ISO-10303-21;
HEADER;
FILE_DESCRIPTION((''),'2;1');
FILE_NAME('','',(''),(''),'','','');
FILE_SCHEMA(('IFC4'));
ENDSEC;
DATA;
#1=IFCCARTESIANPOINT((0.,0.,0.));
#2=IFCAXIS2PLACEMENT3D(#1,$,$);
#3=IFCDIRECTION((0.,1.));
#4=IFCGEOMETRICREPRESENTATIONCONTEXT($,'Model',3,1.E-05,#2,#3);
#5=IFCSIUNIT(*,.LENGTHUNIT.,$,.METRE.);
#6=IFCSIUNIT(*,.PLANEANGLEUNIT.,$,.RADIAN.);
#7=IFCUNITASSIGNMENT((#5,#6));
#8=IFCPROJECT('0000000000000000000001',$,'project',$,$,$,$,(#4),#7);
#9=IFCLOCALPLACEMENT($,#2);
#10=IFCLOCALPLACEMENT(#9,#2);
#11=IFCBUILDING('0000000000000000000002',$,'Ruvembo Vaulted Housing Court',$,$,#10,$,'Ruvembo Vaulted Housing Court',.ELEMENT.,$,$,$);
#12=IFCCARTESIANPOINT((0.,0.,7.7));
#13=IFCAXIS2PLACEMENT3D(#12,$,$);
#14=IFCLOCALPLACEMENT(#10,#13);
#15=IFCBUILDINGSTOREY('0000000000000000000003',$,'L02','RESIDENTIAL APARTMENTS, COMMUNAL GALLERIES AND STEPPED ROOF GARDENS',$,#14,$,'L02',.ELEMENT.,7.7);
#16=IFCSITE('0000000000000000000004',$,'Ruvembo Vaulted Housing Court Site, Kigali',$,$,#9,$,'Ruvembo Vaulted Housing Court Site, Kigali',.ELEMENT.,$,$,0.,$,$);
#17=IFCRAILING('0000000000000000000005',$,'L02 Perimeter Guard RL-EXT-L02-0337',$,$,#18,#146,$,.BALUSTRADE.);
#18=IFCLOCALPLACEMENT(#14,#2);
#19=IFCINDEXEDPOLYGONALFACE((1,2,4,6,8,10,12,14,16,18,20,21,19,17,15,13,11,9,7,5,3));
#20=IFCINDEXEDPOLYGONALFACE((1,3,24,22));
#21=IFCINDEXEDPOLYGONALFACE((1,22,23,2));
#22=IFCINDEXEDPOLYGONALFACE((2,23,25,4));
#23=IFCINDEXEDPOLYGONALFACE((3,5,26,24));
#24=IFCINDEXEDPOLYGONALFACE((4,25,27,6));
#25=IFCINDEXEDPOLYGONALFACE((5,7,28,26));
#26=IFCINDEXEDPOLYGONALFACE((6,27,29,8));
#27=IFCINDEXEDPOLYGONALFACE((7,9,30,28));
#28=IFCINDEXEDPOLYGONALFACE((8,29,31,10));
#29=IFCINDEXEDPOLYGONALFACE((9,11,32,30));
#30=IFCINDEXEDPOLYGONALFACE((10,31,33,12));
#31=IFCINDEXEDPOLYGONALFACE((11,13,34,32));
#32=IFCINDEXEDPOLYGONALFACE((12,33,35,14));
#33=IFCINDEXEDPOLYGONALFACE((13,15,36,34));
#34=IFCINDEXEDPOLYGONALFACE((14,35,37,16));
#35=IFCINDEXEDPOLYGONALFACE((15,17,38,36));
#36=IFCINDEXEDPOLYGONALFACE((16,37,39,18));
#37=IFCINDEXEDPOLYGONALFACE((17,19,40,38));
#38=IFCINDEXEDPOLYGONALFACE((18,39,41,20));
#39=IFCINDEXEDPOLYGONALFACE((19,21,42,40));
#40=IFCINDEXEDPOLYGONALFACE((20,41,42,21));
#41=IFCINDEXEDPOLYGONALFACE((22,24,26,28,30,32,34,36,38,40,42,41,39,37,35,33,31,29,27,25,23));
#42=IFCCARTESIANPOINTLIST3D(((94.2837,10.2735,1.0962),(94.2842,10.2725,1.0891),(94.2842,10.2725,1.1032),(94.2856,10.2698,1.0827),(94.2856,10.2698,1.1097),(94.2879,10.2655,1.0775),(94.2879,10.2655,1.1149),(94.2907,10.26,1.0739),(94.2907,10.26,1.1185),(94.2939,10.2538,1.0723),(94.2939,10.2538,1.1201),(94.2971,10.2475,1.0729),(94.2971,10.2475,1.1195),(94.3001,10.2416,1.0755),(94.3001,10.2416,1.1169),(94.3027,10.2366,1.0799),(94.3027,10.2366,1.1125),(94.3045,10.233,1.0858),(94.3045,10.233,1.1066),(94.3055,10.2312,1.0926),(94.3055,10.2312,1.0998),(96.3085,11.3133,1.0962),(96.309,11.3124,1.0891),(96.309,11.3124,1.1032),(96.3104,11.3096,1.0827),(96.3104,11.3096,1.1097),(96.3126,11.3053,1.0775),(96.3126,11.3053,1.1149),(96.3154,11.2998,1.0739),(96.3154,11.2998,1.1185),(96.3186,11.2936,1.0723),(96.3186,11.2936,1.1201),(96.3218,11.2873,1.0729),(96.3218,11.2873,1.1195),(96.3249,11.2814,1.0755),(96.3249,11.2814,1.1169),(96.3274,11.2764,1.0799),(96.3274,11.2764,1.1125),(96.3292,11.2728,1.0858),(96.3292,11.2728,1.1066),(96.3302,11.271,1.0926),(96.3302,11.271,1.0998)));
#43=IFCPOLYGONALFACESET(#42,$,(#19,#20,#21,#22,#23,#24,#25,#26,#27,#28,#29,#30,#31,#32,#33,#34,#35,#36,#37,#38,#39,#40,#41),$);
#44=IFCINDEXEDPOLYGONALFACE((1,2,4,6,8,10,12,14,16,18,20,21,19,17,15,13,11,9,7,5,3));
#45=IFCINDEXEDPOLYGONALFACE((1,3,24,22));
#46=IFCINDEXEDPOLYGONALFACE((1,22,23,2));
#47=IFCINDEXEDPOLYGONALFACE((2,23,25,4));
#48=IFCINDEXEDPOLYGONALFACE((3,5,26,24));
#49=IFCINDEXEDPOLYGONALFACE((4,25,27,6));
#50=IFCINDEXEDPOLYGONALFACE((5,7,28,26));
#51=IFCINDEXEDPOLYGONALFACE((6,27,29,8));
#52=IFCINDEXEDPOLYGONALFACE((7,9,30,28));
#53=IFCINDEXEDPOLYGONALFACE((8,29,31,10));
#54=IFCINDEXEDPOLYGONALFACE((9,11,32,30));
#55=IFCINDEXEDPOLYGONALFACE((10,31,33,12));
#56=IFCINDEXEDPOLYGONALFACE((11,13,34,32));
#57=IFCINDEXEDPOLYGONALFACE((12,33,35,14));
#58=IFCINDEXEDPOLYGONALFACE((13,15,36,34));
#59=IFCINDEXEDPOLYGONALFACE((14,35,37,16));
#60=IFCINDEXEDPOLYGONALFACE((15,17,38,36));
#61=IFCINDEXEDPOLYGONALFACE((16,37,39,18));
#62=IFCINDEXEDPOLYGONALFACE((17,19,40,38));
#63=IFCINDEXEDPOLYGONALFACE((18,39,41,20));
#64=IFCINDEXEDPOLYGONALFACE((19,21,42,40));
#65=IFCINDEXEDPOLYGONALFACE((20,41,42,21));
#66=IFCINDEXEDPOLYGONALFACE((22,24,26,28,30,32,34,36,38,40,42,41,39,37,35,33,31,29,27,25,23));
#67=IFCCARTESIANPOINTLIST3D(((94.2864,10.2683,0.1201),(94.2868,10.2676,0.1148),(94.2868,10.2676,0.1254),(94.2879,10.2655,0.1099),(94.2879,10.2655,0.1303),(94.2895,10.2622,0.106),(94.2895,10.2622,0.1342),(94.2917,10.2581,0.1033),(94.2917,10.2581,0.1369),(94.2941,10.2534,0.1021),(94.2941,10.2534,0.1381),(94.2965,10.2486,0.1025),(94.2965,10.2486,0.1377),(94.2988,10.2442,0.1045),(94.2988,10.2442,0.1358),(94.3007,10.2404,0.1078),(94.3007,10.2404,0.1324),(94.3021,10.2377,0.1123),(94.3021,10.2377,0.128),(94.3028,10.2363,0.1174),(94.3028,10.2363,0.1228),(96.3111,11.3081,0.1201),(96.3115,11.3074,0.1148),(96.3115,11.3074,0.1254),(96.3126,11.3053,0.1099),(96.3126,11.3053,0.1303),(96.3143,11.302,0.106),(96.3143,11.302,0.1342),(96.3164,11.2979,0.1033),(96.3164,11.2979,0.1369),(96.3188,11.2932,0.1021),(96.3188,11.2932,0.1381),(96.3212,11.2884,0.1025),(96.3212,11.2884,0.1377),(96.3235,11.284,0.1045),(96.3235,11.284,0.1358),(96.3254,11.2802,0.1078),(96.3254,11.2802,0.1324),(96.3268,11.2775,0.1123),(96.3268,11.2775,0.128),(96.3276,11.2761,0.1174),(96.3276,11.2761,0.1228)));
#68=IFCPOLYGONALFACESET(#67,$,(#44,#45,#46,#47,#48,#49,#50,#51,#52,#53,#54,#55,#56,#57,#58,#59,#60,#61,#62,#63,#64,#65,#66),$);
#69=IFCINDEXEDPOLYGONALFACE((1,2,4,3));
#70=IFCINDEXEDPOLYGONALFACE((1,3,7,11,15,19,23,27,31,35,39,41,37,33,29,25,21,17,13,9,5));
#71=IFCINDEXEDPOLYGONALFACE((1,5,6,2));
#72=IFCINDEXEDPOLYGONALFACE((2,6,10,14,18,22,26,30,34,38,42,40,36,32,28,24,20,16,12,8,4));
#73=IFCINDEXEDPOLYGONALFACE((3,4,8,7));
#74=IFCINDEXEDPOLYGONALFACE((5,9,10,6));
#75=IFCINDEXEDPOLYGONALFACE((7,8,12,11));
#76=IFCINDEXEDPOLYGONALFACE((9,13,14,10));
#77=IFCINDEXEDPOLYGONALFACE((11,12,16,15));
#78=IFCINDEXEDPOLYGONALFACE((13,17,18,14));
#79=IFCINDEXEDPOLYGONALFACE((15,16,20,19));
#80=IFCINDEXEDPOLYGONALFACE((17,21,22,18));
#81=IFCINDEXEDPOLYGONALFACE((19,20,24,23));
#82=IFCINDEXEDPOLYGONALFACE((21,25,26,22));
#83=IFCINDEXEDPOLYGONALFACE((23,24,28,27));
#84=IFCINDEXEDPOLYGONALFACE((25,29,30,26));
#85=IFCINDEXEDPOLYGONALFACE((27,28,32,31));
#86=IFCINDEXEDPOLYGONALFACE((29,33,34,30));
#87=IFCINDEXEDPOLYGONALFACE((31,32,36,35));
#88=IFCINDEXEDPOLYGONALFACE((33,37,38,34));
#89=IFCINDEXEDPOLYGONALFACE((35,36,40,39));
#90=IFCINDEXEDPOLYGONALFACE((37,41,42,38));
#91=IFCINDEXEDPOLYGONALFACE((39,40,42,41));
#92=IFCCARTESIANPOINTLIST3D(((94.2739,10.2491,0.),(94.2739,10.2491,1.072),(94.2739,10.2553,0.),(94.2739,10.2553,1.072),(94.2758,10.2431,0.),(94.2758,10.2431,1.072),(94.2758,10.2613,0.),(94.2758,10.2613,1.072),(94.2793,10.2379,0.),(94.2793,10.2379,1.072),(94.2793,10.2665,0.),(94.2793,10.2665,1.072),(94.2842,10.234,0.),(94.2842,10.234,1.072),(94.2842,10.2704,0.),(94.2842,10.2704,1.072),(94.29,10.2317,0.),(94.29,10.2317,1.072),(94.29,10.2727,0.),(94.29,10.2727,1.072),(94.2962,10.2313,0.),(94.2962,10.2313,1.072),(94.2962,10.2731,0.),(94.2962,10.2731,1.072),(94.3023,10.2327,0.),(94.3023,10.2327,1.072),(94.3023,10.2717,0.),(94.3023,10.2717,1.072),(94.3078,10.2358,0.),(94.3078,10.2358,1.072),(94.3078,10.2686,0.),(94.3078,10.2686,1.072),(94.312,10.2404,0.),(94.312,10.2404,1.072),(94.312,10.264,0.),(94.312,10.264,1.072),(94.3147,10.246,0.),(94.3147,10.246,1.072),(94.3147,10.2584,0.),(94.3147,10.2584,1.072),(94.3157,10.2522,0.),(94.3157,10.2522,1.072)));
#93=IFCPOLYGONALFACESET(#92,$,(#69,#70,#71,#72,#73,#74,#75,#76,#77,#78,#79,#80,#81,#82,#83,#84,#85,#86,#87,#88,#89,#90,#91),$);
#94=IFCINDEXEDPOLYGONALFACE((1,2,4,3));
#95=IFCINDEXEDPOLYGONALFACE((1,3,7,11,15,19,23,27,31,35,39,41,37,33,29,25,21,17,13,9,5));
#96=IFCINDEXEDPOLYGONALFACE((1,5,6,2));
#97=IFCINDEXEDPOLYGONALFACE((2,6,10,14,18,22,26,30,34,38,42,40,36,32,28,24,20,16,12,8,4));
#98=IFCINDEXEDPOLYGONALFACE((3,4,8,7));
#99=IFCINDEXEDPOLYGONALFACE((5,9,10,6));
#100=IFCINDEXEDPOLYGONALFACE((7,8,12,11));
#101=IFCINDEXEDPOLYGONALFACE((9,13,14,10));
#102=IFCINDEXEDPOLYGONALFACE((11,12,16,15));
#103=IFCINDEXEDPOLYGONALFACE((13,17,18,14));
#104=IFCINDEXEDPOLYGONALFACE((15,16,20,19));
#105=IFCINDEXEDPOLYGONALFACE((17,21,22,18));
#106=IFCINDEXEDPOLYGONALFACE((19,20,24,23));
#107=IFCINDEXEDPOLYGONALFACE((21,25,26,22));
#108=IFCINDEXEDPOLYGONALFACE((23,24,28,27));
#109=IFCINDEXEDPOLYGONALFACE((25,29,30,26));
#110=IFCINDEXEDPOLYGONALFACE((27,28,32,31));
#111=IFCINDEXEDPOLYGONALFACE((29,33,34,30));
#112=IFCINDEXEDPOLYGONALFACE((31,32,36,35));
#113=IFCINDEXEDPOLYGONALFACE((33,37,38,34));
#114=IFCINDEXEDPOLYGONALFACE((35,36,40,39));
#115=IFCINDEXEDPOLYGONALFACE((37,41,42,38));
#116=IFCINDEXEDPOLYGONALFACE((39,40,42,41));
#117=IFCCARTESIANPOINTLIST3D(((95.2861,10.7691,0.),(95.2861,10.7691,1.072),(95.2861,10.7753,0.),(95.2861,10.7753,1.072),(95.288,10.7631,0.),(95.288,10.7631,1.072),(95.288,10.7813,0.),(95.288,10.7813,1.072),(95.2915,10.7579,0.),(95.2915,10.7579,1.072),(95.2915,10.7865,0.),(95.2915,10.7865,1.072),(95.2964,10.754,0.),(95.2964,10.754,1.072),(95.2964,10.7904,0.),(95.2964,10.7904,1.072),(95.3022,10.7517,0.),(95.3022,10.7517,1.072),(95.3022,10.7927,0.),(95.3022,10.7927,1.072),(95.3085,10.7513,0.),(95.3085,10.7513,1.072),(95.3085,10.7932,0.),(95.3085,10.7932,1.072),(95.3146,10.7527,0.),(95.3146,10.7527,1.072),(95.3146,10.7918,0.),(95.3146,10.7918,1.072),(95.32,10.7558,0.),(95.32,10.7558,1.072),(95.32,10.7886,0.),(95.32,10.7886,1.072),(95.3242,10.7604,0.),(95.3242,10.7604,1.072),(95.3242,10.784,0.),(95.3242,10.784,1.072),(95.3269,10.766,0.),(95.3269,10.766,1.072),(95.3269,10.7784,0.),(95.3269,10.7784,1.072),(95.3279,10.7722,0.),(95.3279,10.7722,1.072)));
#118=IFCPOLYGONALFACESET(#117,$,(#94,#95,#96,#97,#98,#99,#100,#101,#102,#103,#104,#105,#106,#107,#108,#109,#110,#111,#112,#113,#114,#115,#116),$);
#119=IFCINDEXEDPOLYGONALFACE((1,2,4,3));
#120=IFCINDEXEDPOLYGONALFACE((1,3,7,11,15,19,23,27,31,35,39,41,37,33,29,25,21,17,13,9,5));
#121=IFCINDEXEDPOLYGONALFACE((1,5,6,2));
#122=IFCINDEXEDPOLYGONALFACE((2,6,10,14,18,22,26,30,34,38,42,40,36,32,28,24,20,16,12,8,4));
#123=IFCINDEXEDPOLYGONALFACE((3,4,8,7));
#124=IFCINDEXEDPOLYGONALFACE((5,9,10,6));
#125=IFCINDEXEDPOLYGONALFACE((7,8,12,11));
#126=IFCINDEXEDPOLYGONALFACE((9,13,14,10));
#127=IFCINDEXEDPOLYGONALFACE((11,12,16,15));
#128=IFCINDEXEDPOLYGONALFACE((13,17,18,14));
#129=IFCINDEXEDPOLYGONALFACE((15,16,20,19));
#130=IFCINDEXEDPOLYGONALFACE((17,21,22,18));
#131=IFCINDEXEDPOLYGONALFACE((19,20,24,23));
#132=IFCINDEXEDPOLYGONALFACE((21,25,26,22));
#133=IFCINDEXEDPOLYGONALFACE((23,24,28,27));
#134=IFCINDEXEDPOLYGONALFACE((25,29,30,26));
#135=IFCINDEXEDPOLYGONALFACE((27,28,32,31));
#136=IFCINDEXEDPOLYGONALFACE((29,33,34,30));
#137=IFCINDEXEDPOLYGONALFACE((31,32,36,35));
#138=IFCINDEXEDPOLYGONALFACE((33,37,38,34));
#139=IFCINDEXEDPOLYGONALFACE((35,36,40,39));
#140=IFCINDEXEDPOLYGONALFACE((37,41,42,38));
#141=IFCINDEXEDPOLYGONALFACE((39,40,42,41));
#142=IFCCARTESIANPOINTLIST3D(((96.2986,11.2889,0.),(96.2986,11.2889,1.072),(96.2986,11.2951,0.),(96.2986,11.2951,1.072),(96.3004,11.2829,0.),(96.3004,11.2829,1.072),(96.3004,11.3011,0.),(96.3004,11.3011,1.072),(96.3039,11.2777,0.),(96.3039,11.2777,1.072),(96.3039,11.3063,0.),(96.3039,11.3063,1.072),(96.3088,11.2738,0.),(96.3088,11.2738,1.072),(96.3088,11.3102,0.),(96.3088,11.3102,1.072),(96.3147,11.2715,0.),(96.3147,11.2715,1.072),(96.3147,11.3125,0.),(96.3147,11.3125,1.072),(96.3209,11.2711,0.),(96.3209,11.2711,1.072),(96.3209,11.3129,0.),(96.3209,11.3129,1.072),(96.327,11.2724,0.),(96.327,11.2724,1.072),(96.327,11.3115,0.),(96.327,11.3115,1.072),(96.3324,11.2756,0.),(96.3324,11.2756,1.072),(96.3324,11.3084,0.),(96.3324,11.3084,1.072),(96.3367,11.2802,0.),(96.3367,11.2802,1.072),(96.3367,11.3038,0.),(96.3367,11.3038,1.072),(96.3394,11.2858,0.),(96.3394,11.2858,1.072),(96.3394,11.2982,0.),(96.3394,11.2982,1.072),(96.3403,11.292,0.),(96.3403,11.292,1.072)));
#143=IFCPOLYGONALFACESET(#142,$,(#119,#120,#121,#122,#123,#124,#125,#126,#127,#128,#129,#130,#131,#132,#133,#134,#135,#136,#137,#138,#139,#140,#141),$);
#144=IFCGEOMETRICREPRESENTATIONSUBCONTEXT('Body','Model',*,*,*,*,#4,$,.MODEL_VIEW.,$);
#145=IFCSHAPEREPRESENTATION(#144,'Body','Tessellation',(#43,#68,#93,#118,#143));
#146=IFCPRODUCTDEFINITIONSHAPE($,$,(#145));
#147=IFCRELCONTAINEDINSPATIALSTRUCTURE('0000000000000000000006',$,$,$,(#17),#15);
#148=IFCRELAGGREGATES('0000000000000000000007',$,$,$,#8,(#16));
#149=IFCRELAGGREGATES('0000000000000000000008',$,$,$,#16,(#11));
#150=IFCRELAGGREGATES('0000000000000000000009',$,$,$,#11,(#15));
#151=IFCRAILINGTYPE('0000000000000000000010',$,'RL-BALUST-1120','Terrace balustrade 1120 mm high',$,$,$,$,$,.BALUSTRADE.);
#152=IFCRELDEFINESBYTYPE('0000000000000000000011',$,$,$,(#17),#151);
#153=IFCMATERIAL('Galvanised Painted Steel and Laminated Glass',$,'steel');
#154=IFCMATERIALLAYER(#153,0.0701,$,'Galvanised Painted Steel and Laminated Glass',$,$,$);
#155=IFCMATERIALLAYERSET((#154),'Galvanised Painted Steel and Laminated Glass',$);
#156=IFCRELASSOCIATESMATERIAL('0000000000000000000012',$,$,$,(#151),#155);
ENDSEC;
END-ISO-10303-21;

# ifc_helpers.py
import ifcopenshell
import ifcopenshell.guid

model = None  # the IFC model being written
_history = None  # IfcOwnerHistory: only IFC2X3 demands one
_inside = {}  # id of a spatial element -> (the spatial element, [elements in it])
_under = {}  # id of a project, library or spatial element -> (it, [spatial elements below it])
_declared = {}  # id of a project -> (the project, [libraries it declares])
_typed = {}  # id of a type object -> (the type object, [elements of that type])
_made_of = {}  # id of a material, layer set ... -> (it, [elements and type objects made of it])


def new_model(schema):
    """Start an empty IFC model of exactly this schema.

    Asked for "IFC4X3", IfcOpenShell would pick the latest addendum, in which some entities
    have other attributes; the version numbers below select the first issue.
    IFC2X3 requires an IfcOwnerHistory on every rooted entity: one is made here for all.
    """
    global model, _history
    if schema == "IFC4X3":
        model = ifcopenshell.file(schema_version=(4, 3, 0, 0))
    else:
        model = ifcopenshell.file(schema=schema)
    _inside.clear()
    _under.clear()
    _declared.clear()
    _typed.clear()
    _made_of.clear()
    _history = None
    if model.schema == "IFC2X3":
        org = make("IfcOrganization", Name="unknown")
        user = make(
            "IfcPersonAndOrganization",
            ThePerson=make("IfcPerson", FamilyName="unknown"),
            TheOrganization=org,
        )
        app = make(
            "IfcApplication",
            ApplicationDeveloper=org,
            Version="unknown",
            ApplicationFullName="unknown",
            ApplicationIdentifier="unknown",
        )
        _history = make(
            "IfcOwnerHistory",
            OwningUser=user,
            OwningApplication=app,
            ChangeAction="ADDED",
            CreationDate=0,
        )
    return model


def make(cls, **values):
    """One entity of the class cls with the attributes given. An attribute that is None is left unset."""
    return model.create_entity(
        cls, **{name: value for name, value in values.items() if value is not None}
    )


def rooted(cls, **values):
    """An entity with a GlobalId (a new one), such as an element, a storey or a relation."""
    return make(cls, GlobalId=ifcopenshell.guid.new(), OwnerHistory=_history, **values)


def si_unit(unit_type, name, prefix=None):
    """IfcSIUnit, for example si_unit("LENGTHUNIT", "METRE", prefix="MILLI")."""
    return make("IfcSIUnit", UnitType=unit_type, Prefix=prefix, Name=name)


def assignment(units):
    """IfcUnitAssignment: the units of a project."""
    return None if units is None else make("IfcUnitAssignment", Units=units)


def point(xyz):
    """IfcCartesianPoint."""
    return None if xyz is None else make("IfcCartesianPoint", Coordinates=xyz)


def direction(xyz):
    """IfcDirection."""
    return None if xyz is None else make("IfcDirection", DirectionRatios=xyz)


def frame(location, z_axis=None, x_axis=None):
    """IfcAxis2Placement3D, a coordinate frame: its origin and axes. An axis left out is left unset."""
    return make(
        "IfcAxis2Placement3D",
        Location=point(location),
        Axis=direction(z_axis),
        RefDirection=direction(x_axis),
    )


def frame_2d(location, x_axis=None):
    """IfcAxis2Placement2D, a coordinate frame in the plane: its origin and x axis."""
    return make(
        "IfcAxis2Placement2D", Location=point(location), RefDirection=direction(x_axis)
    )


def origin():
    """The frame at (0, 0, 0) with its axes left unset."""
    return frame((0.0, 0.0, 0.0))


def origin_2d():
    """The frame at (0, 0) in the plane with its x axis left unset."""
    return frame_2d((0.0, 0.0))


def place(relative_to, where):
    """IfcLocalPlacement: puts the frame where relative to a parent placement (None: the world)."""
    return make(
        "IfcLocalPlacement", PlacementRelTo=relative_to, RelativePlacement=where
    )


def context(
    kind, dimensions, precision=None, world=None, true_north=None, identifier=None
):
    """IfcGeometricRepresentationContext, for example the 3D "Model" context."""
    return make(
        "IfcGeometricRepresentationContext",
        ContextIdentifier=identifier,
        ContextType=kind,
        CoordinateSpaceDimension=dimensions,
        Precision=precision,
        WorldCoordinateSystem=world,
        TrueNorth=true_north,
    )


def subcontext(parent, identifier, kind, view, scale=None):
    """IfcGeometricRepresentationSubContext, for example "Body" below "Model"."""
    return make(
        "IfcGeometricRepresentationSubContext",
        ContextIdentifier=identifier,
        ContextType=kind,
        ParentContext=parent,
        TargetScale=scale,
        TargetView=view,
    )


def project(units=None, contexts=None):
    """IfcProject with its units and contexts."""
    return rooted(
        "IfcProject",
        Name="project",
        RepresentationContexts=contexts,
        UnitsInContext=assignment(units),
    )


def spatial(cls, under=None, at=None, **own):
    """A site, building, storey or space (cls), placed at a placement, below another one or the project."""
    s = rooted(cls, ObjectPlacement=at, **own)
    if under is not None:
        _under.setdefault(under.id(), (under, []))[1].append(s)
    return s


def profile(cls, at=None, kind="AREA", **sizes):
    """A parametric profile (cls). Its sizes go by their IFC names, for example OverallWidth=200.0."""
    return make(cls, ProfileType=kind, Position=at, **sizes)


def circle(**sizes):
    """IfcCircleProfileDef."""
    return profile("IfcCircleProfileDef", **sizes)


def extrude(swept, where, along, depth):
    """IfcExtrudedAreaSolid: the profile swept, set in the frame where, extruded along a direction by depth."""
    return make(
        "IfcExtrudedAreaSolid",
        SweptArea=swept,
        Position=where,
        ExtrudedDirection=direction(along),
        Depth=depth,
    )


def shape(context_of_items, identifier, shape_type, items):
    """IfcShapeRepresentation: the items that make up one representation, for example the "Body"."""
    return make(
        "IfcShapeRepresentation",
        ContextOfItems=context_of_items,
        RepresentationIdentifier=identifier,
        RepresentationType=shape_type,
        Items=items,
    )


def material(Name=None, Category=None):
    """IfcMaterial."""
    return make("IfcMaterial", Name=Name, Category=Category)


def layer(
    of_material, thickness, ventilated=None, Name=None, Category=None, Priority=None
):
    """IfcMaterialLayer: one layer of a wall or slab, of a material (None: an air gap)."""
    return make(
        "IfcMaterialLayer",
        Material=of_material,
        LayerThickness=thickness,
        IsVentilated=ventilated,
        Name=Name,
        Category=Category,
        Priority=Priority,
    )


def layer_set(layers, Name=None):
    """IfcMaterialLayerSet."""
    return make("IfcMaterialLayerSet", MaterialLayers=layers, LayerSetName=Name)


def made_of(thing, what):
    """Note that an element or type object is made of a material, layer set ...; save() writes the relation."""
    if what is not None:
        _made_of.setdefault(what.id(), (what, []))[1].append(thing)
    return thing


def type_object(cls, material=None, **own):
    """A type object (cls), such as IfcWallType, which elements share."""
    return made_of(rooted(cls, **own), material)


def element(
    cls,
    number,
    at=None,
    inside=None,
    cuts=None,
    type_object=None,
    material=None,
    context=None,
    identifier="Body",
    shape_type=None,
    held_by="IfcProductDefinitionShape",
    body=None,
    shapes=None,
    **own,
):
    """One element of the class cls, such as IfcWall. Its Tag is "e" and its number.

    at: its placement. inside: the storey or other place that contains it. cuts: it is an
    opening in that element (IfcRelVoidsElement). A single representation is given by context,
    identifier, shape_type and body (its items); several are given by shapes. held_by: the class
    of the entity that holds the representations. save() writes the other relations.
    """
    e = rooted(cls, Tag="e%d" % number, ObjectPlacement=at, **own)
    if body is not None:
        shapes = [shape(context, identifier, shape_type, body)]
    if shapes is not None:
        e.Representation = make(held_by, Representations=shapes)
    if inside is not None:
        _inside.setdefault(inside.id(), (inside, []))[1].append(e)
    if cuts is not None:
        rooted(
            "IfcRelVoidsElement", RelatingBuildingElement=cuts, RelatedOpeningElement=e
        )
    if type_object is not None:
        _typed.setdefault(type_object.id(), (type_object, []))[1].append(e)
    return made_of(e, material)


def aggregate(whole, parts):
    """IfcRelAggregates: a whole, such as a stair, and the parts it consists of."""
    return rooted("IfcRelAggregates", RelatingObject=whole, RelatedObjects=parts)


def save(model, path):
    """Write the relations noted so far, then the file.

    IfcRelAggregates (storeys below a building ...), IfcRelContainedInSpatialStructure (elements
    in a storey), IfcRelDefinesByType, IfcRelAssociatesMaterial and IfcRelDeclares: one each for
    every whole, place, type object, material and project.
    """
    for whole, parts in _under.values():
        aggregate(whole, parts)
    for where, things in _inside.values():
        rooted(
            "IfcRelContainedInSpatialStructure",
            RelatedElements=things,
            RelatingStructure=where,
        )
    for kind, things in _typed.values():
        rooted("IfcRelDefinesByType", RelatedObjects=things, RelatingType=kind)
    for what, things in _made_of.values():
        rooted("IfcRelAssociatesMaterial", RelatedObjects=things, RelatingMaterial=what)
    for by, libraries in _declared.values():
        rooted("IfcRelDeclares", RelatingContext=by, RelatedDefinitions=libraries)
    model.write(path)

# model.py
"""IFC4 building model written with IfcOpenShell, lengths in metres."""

from ifc_helpers import new_model, si_unit, direction, frame, origin, origin_2d, place, context, subcontext, project, spatial, circle, extrude, material, layer, layer_set, type_object, element, save


model = new_model("IFC4")

# Units and contexts
model_context = context("Model", 3, precision=1e-05, world=origin(), true_north=direction((0.0, 1.0)))
body_context = subcontext(model_context, "Body", "Model", "MODEL_VIEW")
ifc_project = project(units=[si_unit("LENGTHUNIT", "METRE"), si_unit("PLANEANGLEUNIT", "RADIAN")], contexts=[model_context])

# Site, building, storey
site_placement = place(None, origin())
site = spatial("IfcSite", under=ifc_project, at=site_placement, Name="Ruvembo Vaulted Housing Court Site, Kigali", LongName="Ruvembo Vaulted Housing Court Site, Kigali", CompositionType="ELEMENT", RefElevation=0.0)
building_placement = place(site_placement, origin())
building = spatial("IfcBuilding", under=site, at=building_placement, Name="Ruvembo Vaulted Housing Court", LongName="Ruvembo Vaulted Housing Court", CompositionType="ELEMENT")
storey_placement = place(building_placement, frame((0.0, 0.0, 7.7)))
storey = spatial("IfcBuildingStorey", under=building, at=storey_placement, Name="L02", Description="RESIDENTIAL APARTMENTS, COMMUNAL GALLERIES AND STEPPED ROOF GARDENS", LongName="L02", CompositionType="ELEMENT", Elevation=7.7)

# Railing
ifc_material_1 = material(Name="Galvanised Painted Steel and Laminated Glass", Category="steel")
ifc_layer_1 = layer(ifc_material_1, 0.0701, Name="Galvanised Painted Steel and Laminated Glass")
ifc_layer_set_1 = layer_set([ifc_layer_1], Name="Galvanised Painted Steel and Laminated Glass")
railing_type = type_object("IfcRailingType", Name="RL-BALUST-1120", Description="Terrace balustrade 1120 mm high", PredefinedType="BALUSTRADE", material=ifc_layer_set_1)
railing_placement = place(storey_placement, frame((94.2947, 10.2522, 0.0)))
element("IfcRailing", 1, at=railing_placement, inside=storey, type_object=railing_type, Name="L02 Perimeter Guard RL-EXT-L02-0337", PredefinedType="BALUSTRADE", context=body_context, shape_type="SweptSolid", body=[
    extrude(circle(Radius=0.0239, at=origin_2d()), frame((0.0, 0.0, 1.0962), z_axis=(0.889548, 0.456841, 0.0), x_axis=(-0.456841, 0.889548, 0.0)), (0.0, 0.0, 1.0), 2.2761),
    extrude(circle(Radius=0.0181, at=origin_2d()), frame((0.0, 0.0, 0.1201), z_axis=(0.889548, 0.456841, 0.0), x_axis=(-0.456841, 0.889548, 0.0)), (0.0, 0.0, 1.0), 2.2761),
    extrude(circle(Radius=0.021, at=origin_2d()), origin(), (0.0, 0.0, 1.0), 1.072),
    extrude(circle(Radius=0.021, at=origin_2d()), frame((1.0122, 0.52, 0.0)), (0.0, 0.0, 1.0), 1.072),
    extrude(circle(Radius=0.021, at=origin_2d()), frame((2.0247, 1.0398, 0.0)), (0.0, 0.0, 1.0), 1.072),
])

save(model, "model.ifc")
